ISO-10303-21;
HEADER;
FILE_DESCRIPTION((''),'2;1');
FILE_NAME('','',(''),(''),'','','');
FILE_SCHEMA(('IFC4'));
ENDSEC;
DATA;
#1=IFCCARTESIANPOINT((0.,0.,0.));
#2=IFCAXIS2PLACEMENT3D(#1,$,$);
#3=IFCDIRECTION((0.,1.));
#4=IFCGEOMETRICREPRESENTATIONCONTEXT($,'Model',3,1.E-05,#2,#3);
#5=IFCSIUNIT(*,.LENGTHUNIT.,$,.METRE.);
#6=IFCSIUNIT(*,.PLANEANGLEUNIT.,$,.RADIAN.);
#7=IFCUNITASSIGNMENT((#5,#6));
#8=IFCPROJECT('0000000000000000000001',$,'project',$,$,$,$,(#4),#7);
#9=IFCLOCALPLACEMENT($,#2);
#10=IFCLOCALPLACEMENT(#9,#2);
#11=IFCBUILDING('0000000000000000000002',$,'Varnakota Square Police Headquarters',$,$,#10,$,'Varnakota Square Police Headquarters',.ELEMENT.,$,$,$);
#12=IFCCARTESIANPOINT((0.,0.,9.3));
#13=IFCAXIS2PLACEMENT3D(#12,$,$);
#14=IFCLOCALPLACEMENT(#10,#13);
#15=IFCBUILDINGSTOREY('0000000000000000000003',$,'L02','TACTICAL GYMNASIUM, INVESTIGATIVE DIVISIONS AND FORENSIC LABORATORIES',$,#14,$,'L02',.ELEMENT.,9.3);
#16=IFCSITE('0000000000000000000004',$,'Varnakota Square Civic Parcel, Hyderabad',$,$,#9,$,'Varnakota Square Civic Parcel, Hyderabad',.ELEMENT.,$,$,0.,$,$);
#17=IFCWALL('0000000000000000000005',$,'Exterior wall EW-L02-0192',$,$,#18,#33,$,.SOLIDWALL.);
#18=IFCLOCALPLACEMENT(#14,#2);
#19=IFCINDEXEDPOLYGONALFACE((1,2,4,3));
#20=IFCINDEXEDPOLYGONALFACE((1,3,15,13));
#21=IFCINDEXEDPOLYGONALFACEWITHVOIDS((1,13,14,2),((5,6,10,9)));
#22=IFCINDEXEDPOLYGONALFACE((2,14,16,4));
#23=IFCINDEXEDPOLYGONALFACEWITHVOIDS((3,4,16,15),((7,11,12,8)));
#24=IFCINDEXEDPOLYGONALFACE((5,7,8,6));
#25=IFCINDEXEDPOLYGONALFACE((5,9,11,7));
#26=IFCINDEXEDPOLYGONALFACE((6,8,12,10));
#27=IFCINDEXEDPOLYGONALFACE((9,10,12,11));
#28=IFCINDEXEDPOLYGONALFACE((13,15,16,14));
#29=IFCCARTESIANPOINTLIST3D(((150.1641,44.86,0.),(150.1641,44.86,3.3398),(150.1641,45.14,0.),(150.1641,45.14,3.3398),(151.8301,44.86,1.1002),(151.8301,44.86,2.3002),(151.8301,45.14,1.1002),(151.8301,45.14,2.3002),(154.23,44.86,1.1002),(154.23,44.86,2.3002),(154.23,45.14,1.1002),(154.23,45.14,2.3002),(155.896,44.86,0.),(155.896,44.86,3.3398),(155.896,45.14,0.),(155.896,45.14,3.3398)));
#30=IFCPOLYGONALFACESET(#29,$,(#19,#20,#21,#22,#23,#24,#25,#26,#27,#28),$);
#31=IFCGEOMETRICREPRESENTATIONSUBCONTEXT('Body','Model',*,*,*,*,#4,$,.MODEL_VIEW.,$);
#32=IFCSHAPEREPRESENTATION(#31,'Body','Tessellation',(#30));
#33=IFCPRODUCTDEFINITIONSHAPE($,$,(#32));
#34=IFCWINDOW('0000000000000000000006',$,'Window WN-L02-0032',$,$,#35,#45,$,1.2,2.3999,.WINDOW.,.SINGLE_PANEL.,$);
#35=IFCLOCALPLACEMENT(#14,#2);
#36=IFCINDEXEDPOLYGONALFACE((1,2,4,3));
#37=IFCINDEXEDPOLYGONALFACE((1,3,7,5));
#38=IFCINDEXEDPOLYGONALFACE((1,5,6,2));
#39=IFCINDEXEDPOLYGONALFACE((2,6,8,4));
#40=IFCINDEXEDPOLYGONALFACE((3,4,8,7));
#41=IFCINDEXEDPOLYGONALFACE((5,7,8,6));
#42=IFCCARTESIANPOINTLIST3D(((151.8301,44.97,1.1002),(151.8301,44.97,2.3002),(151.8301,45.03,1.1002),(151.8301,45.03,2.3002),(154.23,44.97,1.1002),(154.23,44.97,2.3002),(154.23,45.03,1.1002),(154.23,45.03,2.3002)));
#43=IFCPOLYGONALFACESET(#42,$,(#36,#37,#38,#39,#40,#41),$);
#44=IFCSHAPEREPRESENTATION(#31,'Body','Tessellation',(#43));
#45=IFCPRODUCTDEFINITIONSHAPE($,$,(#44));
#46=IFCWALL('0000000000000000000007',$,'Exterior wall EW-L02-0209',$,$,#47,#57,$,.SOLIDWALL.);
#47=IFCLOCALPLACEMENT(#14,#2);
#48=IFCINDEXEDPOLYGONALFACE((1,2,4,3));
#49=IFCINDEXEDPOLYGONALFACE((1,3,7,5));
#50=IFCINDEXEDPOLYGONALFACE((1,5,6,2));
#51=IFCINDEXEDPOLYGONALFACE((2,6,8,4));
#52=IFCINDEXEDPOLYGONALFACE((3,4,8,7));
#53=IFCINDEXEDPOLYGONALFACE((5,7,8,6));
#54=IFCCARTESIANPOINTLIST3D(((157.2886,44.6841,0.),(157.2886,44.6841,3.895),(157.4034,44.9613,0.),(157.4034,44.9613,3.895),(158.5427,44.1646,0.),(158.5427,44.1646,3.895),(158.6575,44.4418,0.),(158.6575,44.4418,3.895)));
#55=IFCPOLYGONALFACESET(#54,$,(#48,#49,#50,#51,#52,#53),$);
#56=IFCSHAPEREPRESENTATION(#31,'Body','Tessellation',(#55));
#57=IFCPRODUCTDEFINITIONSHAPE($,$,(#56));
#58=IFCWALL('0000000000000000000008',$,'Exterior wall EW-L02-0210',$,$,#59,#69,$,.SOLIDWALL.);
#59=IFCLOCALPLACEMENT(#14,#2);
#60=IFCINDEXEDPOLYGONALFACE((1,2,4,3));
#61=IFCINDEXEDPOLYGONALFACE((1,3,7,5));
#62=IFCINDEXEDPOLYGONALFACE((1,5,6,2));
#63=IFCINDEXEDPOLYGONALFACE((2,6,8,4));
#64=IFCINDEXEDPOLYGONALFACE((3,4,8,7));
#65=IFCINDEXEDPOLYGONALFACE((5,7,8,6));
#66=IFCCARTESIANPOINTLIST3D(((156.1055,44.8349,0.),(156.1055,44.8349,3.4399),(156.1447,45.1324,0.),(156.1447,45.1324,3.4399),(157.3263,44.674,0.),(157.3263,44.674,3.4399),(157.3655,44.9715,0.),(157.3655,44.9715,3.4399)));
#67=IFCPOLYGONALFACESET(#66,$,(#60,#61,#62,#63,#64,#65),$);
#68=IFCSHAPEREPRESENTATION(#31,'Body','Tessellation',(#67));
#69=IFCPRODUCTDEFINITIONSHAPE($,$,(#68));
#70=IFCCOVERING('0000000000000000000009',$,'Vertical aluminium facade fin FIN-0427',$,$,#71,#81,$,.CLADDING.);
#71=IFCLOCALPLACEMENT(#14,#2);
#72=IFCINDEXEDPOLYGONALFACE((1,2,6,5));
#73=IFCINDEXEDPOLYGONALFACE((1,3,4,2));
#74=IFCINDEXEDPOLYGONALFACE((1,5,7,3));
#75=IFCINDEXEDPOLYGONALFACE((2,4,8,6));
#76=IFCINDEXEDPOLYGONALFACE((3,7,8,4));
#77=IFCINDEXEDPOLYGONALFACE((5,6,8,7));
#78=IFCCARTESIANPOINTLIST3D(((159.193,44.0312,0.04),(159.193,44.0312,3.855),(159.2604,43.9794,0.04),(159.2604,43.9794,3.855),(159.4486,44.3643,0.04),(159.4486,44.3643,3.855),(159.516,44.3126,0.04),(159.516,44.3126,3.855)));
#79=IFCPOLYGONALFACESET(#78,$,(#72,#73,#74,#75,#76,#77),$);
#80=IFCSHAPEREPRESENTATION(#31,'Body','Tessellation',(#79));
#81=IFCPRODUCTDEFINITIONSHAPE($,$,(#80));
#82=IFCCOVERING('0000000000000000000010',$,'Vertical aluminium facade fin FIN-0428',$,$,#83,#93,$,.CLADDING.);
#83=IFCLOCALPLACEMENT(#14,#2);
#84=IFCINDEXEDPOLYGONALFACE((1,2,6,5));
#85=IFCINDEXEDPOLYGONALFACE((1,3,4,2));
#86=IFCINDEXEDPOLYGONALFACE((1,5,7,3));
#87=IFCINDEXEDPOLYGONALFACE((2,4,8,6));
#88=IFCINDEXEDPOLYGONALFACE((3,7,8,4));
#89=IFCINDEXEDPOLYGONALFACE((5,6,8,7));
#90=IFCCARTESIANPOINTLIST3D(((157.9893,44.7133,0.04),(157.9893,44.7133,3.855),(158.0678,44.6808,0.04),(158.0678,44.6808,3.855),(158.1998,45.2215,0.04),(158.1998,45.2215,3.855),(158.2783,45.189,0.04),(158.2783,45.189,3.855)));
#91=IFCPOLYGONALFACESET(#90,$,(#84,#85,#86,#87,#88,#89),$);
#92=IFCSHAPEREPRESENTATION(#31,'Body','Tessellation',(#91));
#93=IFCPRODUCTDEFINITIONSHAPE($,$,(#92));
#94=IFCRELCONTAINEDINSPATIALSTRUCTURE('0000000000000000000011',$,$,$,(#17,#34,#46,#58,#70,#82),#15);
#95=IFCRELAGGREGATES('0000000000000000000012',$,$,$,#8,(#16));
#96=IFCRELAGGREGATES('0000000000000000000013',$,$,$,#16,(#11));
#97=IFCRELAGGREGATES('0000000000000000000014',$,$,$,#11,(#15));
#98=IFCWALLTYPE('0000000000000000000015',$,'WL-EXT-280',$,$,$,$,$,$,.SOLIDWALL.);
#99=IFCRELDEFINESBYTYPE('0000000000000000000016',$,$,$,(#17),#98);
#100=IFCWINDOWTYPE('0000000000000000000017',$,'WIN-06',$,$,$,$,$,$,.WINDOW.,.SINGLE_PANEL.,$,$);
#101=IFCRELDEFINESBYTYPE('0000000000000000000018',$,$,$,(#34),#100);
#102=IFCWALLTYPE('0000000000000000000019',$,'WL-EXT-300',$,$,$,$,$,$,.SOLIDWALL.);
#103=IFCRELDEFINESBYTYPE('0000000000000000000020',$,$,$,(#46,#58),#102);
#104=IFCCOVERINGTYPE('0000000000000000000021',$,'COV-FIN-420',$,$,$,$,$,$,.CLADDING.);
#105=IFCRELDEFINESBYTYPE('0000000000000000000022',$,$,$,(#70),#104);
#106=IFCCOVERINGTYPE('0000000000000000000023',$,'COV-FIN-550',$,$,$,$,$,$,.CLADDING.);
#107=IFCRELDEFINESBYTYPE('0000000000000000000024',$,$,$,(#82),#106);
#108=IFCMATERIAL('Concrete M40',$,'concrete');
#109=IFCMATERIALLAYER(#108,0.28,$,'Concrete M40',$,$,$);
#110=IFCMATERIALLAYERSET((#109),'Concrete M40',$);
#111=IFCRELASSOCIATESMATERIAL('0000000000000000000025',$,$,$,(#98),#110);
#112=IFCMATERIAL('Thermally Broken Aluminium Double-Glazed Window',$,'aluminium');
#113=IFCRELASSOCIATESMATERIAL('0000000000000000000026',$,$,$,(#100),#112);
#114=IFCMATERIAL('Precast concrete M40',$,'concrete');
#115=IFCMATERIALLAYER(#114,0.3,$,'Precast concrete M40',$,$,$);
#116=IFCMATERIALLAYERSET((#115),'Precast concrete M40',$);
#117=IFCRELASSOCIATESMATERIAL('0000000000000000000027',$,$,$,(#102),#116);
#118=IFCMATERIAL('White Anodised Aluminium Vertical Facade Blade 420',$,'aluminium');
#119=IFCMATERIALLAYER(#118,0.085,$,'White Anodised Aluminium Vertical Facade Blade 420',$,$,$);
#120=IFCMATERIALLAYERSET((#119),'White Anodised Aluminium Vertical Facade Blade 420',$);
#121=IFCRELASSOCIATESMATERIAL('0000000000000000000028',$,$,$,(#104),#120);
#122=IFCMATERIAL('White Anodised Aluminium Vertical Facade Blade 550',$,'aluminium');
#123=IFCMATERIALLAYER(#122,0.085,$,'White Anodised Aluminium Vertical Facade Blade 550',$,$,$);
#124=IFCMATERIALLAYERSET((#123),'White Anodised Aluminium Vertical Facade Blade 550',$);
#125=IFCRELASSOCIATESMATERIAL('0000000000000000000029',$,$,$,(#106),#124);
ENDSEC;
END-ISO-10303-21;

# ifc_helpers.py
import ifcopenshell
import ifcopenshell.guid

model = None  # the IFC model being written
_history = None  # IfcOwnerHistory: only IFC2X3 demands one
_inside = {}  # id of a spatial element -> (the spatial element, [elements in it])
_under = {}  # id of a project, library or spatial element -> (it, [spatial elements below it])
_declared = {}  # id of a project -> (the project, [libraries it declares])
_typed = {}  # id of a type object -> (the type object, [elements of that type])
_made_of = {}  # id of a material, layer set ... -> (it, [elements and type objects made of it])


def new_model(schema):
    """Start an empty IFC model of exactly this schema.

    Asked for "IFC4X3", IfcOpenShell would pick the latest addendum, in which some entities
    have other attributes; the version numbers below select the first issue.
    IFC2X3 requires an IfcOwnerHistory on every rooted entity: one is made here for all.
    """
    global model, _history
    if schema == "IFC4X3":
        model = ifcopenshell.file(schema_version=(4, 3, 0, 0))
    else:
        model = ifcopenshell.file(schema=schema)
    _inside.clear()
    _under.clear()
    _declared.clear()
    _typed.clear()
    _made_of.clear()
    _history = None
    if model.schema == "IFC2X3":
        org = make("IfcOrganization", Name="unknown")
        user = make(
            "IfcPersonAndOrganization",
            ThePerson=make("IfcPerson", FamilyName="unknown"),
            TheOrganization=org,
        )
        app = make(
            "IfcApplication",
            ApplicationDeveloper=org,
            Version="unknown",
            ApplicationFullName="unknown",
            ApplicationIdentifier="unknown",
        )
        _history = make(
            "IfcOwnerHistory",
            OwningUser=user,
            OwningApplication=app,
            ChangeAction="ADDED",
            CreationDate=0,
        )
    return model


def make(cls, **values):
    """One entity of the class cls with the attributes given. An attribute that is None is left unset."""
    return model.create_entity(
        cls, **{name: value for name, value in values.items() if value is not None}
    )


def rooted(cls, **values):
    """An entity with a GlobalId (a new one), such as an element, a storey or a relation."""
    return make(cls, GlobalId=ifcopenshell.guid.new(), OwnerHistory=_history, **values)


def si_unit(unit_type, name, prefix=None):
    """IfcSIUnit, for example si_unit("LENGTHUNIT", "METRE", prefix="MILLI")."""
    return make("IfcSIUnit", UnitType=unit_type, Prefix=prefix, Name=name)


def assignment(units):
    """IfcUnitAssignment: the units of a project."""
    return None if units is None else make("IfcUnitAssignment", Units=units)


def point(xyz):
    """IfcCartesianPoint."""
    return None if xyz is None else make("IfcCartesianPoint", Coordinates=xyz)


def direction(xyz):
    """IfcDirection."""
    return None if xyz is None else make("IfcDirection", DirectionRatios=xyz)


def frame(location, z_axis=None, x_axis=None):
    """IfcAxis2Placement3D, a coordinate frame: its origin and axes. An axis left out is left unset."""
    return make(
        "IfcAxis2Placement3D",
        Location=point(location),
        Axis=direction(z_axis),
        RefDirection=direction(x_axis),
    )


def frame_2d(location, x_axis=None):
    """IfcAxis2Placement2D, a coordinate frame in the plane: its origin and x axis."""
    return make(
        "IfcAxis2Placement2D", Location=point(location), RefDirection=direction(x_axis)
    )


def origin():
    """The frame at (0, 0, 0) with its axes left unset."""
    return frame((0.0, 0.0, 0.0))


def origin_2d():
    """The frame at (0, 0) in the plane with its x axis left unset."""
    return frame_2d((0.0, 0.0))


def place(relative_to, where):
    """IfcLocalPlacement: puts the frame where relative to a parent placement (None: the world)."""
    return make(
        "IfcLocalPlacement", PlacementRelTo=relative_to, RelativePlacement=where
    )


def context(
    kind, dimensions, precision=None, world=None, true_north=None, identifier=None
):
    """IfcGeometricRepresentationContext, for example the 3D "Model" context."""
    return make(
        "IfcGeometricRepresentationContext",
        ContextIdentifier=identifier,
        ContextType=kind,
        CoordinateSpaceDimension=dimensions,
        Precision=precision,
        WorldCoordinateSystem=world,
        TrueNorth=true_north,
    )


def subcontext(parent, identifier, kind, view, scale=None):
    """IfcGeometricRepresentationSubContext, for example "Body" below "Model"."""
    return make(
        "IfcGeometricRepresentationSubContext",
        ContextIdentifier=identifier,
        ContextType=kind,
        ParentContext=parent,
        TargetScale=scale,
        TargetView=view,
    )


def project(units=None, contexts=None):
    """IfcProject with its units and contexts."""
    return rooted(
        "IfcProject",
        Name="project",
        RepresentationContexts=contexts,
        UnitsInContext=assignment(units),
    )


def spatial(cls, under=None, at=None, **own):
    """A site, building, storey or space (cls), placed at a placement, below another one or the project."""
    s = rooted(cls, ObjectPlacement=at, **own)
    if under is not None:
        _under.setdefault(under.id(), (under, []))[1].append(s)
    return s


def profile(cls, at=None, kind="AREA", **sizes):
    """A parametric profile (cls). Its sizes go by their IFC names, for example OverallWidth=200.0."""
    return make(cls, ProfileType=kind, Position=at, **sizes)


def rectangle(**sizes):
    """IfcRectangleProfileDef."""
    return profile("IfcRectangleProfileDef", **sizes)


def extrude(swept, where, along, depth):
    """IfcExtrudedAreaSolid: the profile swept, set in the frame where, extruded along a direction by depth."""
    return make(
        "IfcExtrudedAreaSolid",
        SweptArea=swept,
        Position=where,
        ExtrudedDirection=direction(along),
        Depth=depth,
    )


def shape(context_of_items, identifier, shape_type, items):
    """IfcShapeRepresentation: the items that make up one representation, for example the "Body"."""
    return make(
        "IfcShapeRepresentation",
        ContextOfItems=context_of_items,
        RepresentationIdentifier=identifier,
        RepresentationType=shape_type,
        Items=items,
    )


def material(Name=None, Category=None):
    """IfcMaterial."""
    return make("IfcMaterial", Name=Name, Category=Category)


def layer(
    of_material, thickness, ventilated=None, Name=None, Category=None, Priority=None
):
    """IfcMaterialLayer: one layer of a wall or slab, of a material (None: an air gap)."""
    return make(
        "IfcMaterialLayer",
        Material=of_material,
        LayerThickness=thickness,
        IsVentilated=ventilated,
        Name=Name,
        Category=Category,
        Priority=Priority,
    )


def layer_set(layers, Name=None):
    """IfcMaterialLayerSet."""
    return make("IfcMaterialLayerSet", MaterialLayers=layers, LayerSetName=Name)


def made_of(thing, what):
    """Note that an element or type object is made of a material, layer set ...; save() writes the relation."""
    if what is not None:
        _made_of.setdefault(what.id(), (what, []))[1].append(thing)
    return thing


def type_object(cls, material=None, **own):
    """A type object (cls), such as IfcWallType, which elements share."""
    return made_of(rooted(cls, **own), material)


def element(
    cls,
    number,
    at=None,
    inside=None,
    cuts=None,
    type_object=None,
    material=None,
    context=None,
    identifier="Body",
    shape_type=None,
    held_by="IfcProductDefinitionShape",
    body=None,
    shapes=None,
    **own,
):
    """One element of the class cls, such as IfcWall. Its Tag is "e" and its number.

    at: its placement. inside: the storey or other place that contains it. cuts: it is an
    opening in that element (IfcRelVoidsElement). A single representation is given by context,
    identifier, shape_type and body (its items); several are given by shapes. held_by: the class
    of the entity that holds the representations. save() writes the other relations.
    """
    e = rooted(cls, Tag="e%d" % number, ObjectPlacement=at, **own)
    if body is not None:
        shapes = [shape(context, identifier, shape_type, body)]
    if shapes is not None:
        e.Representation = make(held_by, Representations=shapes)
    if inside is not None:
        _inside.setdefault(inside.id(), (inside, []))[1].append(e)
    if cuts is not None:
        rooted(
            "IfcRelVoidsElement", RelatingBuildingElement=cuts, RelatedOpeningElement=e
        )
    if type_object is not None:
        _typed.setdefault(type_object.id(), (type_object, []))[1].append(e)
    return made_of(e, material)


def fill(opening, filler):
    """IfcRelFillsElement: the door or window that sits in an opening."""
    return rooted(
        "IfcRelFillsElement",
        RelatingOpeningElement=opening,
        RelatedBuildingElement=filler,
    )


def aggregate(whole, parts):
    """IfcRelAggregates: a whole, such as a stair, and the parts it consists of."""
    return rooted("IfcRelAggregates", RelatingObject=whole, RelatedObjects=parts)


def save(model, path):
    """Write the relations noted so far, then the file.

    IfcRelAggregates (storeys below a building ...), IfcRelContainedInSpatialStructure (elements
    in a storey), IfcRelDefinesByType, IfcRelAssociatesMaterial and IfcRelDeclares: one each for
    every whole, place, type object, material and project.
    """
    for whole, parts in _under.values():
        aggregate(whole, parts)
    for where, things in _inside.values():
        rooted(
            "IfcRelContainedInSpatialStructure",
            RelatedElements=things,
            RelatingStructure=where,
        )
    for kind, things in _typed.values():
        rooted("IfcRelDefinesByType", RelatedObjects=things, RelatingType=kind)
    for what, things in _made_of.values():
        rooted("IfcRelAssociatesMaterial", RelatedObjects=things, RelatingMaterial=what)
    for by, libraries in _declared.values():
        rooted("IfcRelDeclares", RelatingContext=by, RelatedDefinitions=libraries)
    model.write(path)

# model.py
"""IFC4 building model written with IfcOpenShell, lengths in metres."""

from ifc_helpers import new_model, si_unit, direction, frame, frame_2d, origin, origin_2d, place, context, subcontext, project, spatial, rectangle, extrude, material, layer, layer_set, type_object, element, fill, save


model = new_model("IFC4")

# Units and contexts
model_context = context("Model", 3, precision=1e-05, world=origin(), true_north=direction((0.0, 1.0)))
body_context = subcontext(model_context, "Body", "Model", "MODEL_VIEW")
ifc_project = project(units=[si_unit("LENGTHUNIT", "METRE"), si_unit("PLANEANGLEUNIT", "RADIAN")], contexts=[model_context])

# Site, building, storey
site_placement = place(None, origin())
site = spatial("IfcSite", under=ifc_project, at=site_placement, Name="Varnakota Square Civic Parcel, Hyderabad", LongName="Varnakota Square Civic Parcel, Hyderabad", CompositionType="ELEMENT", RefElevation=0.0)
building_placement = place(site_placement, origin())
building = spatial("IfcBuilding", under=site, at=building_placement, Name="Varnakota Square Police Headquarters", LongName="Varnakota Square Police Headquarters", CompositionType="ELEMENT")
storey_placement = place(building_placement, frame((0.0, 0.0, 9.3)))
storey = spatial("IfcBuildingStorey", under=building, at=storey_placement, Name="L02", Description="TACTICAL GYMNASIUM, INVESTIGATIVE DIVISIONS AND FORENSIC LABORATORIES", LongName="L02", CompositionType="ELEMENT", Elevation=9.3)

# Wall, opening, window
ifc_material_1 = material(Name="Concrete M40", Category="concrete")
ifc_layer_1 = layer(ifc_material_1, 0.28, Name="Concrete M40")
ifc_layer_set_1 = layer_set([ifc_layer_1], Name="Concrete M40")
wall_type_1 = type_object("IfcWallType", Name="WL-EXT-280", PredefinedType="SOLIDWALL", material=ifc_layer_set_1)
ifc_material_2 = material(Name="Thermally Broken Aluminium Double-Glazed Window", Category="aluminium")
window_type = type_object("IfcWindowType", Name="WIN-06", PartitioningType="SINGLE_PANEL", PredefinedType="WINDOW", material=ifc_material_2)
wall_1_placement = place(storey_placement, frame((150.1641, 45.0, 0.0), z_axis=(0.0, 0.0, 1.0), x_axis=(1.0, 0.0, 0.0)))
wall_1 = element("IfcWall", 1, at=wall_1_placement, inside=storey, type_object=wall_type_1, Name="Exterior wall EW-L02-0192", PredefinedType="SOLIDWALL", context=body_context, shape_type="SweptSolid", body=[
    extrude(rectangle(XDim=5.7319, YDim=0.28, at=frame_2d((2.866, 0.0))), origin(), (0.0, 0.0, 1.0), 3.3398),
])
opening_1_placement = place(wall_1_placement, frame((1.666, 0.0, 1.1001)))
opening_1 = element("IfcOpeningElement", 2, at=opening_1_placement, cuts=wall_1, PredefinedType="OPENING", context=body_context, shape_type="SweptSolid", body=[
    extrude(rectangle(XDim=2.3999, YDim=1.2, at=frame_2d((1.2, 0.6001))), frame((0.0, 0.1499, 0.0), z_axis=(0.0, -1.0, 0.0), x_axis=(1.0, 0.0, 0.0)), (0.0, 0.0, 1.0), 0.3),
])
window_1_placement = place(opening_1_placement, origin())
window_1 = element("IfcWindow", 3, at=window_1_placement, inside=storey, type_object=window_type, Name="Window WN-L02-0032", OverallHeight=1.2, OverallWidth=2.3999, PartitioningType="SINGLE_PANEL", PredefinedType="WINDOW", context=body_context, shape_type="SweptSolid", body=[
    extrude(rectangle(XDim=2.3999, YDim=1.2, at=frame_2d((1.2, 0.6001))), frame((0.0, 0.03, 0.0), z_axis=(0.0, -1.0, 0.0), x_axis=(1.0, 0.0, 0.0)), (0.0, 0.0, 1.0), 0.0601),
])
fill(opening_1, window_1)

# Walls
ifc_material_3 = material(Name="Precast concrete M40", Category="concrete")
ifc_layer_2 = layer(ifc_material_3, 0.3, Name="Precast concrete M40")
ifc_layer_set_2 = layer_set([ifc_layer_2], Name="Precast concrete M40")
wall_type_2 = type_object("IfcWallType", Name="WL-EXT-300", PredefinedType="SOLIDWALL", material=ifc_layer_set_2)
wall_2_placement = place(storey_placement, frame((158.6001, 44.3032, 0.0), z_axis=(0.0, 0.0, 1.0), x_axis=(-0.923868, 0.382712, 0.0)))
element("IfcWall", 4, at=wall_2_placement, inside=storey, type_object=wall_type_2, Name="Exterior wall EW-L02-0209", PredefinedType="SOLIDWALL", context=body_context, shape_type="SweptSolid", body=[
    extrude(rectangle(XDim=1.3574, YDim=0.3, at=frame_2d((0.6787, 0.0))), origin(), (0.0, 0.0, 1.0), 3.895),
])
wall_3_placement = place(storey_placement, frame((157.3459, 44.8228, 0.0), z_axis=(0.0, 0.0, 1.0), x_axis=(-0.991429, 0.130644, 0.0)))
element("IfcWall", 5, at=wall_3_placement, inside=storey, type_object=wall_type_2, Name="Exterior wall EW-L02-0210", PredefinedType="SOLIDWALL", context=body_context, shape_type="SweptSolid", body=[
    extrude(rectangle(XDim=1.2314, YDim=0.3, at=frame_2d((0.6157, 0.0))), origin(), (0.0, 0.0, 1.0), 3.4399),
])

# Coverings
ifc_material_4 = material(Name="White Anodised Aluminium Vertical Facade Blade 420", Category="aluminium")
ifc_layer_3 = layer(ifc_material_4, 0.085, Name="White Anodised Aluminium Vertical Facade Blade 420")
ifc_layer_set_3 = layer_set([ifc_layer_3], Name="White Anodised Aluminium Vertical Facade Blade 420")
covering_type_1 = type_object("IfcCoveringType", Name="COV-FIN-420", PredefinedType="CLADDING", material=ifc_layer_set_3)
covering_1_placement = place(storey_placement, frame((159.3545, 44.1719, 0.04), z_axis=(0.0, 0.0, 1.0), x_axis=(-0.793353, 0.608761, 0.0)))
element("IfcCovering", 6, at=covering_1_placement, inside=storey, type_object=covering_type_1, Name="Vertical aluminium facade fin FIN-0427", PredefinedType="CLADDING", context=body_context, shape_type="SweptSolid", body=[
    extrude(rectangle(XDim=0.085, YDim=0.4199, at=origin_2d()), origin(), (0.0, 0.0, 1.0), 3.8149),
])
ifc_material_5 = material(Name="White Anodised Aluminium Vertical Facade Blade 550", Category="aluminium")
ifc_layer_4 = layer(ifc_material_5, 0.085, Name="White Anodised Aluminium Vertical Facade Blade 550")
ifc_layer_set_4 = layer_set([ifc_layer_4], Name="White Anodised Aluminium Vertical Facade Blade 550")
covering_type_2 = type_object("IfcCoveringType", Name="COV-FIN-550", PredefinedType="CLADDING", material=ifc_layer_set_4)
covering_2_placement = place(storey_placement, frame((158.1338, 44.9512, 0.04), z_axis=(0.0, 0.0, 1.0), x_axis=(-0.92388, 0.382683, 0.0)))
element("IfcCovering", 7, at=covering_2_placement, inside=storey, type_object=covering_type_2, Name="Vertical aluminium facade fin FIN-0428", PredefinedType="CLADDING", context=body_context, shape_type="SweptSolid", body=[
    extrude(rectangle(XDim=0.085, YDim=0.55, at=origin_2d()), origin(), (0.0, 0.0, 1.0), 3.8149),
])

save(model, "model.ifc")
